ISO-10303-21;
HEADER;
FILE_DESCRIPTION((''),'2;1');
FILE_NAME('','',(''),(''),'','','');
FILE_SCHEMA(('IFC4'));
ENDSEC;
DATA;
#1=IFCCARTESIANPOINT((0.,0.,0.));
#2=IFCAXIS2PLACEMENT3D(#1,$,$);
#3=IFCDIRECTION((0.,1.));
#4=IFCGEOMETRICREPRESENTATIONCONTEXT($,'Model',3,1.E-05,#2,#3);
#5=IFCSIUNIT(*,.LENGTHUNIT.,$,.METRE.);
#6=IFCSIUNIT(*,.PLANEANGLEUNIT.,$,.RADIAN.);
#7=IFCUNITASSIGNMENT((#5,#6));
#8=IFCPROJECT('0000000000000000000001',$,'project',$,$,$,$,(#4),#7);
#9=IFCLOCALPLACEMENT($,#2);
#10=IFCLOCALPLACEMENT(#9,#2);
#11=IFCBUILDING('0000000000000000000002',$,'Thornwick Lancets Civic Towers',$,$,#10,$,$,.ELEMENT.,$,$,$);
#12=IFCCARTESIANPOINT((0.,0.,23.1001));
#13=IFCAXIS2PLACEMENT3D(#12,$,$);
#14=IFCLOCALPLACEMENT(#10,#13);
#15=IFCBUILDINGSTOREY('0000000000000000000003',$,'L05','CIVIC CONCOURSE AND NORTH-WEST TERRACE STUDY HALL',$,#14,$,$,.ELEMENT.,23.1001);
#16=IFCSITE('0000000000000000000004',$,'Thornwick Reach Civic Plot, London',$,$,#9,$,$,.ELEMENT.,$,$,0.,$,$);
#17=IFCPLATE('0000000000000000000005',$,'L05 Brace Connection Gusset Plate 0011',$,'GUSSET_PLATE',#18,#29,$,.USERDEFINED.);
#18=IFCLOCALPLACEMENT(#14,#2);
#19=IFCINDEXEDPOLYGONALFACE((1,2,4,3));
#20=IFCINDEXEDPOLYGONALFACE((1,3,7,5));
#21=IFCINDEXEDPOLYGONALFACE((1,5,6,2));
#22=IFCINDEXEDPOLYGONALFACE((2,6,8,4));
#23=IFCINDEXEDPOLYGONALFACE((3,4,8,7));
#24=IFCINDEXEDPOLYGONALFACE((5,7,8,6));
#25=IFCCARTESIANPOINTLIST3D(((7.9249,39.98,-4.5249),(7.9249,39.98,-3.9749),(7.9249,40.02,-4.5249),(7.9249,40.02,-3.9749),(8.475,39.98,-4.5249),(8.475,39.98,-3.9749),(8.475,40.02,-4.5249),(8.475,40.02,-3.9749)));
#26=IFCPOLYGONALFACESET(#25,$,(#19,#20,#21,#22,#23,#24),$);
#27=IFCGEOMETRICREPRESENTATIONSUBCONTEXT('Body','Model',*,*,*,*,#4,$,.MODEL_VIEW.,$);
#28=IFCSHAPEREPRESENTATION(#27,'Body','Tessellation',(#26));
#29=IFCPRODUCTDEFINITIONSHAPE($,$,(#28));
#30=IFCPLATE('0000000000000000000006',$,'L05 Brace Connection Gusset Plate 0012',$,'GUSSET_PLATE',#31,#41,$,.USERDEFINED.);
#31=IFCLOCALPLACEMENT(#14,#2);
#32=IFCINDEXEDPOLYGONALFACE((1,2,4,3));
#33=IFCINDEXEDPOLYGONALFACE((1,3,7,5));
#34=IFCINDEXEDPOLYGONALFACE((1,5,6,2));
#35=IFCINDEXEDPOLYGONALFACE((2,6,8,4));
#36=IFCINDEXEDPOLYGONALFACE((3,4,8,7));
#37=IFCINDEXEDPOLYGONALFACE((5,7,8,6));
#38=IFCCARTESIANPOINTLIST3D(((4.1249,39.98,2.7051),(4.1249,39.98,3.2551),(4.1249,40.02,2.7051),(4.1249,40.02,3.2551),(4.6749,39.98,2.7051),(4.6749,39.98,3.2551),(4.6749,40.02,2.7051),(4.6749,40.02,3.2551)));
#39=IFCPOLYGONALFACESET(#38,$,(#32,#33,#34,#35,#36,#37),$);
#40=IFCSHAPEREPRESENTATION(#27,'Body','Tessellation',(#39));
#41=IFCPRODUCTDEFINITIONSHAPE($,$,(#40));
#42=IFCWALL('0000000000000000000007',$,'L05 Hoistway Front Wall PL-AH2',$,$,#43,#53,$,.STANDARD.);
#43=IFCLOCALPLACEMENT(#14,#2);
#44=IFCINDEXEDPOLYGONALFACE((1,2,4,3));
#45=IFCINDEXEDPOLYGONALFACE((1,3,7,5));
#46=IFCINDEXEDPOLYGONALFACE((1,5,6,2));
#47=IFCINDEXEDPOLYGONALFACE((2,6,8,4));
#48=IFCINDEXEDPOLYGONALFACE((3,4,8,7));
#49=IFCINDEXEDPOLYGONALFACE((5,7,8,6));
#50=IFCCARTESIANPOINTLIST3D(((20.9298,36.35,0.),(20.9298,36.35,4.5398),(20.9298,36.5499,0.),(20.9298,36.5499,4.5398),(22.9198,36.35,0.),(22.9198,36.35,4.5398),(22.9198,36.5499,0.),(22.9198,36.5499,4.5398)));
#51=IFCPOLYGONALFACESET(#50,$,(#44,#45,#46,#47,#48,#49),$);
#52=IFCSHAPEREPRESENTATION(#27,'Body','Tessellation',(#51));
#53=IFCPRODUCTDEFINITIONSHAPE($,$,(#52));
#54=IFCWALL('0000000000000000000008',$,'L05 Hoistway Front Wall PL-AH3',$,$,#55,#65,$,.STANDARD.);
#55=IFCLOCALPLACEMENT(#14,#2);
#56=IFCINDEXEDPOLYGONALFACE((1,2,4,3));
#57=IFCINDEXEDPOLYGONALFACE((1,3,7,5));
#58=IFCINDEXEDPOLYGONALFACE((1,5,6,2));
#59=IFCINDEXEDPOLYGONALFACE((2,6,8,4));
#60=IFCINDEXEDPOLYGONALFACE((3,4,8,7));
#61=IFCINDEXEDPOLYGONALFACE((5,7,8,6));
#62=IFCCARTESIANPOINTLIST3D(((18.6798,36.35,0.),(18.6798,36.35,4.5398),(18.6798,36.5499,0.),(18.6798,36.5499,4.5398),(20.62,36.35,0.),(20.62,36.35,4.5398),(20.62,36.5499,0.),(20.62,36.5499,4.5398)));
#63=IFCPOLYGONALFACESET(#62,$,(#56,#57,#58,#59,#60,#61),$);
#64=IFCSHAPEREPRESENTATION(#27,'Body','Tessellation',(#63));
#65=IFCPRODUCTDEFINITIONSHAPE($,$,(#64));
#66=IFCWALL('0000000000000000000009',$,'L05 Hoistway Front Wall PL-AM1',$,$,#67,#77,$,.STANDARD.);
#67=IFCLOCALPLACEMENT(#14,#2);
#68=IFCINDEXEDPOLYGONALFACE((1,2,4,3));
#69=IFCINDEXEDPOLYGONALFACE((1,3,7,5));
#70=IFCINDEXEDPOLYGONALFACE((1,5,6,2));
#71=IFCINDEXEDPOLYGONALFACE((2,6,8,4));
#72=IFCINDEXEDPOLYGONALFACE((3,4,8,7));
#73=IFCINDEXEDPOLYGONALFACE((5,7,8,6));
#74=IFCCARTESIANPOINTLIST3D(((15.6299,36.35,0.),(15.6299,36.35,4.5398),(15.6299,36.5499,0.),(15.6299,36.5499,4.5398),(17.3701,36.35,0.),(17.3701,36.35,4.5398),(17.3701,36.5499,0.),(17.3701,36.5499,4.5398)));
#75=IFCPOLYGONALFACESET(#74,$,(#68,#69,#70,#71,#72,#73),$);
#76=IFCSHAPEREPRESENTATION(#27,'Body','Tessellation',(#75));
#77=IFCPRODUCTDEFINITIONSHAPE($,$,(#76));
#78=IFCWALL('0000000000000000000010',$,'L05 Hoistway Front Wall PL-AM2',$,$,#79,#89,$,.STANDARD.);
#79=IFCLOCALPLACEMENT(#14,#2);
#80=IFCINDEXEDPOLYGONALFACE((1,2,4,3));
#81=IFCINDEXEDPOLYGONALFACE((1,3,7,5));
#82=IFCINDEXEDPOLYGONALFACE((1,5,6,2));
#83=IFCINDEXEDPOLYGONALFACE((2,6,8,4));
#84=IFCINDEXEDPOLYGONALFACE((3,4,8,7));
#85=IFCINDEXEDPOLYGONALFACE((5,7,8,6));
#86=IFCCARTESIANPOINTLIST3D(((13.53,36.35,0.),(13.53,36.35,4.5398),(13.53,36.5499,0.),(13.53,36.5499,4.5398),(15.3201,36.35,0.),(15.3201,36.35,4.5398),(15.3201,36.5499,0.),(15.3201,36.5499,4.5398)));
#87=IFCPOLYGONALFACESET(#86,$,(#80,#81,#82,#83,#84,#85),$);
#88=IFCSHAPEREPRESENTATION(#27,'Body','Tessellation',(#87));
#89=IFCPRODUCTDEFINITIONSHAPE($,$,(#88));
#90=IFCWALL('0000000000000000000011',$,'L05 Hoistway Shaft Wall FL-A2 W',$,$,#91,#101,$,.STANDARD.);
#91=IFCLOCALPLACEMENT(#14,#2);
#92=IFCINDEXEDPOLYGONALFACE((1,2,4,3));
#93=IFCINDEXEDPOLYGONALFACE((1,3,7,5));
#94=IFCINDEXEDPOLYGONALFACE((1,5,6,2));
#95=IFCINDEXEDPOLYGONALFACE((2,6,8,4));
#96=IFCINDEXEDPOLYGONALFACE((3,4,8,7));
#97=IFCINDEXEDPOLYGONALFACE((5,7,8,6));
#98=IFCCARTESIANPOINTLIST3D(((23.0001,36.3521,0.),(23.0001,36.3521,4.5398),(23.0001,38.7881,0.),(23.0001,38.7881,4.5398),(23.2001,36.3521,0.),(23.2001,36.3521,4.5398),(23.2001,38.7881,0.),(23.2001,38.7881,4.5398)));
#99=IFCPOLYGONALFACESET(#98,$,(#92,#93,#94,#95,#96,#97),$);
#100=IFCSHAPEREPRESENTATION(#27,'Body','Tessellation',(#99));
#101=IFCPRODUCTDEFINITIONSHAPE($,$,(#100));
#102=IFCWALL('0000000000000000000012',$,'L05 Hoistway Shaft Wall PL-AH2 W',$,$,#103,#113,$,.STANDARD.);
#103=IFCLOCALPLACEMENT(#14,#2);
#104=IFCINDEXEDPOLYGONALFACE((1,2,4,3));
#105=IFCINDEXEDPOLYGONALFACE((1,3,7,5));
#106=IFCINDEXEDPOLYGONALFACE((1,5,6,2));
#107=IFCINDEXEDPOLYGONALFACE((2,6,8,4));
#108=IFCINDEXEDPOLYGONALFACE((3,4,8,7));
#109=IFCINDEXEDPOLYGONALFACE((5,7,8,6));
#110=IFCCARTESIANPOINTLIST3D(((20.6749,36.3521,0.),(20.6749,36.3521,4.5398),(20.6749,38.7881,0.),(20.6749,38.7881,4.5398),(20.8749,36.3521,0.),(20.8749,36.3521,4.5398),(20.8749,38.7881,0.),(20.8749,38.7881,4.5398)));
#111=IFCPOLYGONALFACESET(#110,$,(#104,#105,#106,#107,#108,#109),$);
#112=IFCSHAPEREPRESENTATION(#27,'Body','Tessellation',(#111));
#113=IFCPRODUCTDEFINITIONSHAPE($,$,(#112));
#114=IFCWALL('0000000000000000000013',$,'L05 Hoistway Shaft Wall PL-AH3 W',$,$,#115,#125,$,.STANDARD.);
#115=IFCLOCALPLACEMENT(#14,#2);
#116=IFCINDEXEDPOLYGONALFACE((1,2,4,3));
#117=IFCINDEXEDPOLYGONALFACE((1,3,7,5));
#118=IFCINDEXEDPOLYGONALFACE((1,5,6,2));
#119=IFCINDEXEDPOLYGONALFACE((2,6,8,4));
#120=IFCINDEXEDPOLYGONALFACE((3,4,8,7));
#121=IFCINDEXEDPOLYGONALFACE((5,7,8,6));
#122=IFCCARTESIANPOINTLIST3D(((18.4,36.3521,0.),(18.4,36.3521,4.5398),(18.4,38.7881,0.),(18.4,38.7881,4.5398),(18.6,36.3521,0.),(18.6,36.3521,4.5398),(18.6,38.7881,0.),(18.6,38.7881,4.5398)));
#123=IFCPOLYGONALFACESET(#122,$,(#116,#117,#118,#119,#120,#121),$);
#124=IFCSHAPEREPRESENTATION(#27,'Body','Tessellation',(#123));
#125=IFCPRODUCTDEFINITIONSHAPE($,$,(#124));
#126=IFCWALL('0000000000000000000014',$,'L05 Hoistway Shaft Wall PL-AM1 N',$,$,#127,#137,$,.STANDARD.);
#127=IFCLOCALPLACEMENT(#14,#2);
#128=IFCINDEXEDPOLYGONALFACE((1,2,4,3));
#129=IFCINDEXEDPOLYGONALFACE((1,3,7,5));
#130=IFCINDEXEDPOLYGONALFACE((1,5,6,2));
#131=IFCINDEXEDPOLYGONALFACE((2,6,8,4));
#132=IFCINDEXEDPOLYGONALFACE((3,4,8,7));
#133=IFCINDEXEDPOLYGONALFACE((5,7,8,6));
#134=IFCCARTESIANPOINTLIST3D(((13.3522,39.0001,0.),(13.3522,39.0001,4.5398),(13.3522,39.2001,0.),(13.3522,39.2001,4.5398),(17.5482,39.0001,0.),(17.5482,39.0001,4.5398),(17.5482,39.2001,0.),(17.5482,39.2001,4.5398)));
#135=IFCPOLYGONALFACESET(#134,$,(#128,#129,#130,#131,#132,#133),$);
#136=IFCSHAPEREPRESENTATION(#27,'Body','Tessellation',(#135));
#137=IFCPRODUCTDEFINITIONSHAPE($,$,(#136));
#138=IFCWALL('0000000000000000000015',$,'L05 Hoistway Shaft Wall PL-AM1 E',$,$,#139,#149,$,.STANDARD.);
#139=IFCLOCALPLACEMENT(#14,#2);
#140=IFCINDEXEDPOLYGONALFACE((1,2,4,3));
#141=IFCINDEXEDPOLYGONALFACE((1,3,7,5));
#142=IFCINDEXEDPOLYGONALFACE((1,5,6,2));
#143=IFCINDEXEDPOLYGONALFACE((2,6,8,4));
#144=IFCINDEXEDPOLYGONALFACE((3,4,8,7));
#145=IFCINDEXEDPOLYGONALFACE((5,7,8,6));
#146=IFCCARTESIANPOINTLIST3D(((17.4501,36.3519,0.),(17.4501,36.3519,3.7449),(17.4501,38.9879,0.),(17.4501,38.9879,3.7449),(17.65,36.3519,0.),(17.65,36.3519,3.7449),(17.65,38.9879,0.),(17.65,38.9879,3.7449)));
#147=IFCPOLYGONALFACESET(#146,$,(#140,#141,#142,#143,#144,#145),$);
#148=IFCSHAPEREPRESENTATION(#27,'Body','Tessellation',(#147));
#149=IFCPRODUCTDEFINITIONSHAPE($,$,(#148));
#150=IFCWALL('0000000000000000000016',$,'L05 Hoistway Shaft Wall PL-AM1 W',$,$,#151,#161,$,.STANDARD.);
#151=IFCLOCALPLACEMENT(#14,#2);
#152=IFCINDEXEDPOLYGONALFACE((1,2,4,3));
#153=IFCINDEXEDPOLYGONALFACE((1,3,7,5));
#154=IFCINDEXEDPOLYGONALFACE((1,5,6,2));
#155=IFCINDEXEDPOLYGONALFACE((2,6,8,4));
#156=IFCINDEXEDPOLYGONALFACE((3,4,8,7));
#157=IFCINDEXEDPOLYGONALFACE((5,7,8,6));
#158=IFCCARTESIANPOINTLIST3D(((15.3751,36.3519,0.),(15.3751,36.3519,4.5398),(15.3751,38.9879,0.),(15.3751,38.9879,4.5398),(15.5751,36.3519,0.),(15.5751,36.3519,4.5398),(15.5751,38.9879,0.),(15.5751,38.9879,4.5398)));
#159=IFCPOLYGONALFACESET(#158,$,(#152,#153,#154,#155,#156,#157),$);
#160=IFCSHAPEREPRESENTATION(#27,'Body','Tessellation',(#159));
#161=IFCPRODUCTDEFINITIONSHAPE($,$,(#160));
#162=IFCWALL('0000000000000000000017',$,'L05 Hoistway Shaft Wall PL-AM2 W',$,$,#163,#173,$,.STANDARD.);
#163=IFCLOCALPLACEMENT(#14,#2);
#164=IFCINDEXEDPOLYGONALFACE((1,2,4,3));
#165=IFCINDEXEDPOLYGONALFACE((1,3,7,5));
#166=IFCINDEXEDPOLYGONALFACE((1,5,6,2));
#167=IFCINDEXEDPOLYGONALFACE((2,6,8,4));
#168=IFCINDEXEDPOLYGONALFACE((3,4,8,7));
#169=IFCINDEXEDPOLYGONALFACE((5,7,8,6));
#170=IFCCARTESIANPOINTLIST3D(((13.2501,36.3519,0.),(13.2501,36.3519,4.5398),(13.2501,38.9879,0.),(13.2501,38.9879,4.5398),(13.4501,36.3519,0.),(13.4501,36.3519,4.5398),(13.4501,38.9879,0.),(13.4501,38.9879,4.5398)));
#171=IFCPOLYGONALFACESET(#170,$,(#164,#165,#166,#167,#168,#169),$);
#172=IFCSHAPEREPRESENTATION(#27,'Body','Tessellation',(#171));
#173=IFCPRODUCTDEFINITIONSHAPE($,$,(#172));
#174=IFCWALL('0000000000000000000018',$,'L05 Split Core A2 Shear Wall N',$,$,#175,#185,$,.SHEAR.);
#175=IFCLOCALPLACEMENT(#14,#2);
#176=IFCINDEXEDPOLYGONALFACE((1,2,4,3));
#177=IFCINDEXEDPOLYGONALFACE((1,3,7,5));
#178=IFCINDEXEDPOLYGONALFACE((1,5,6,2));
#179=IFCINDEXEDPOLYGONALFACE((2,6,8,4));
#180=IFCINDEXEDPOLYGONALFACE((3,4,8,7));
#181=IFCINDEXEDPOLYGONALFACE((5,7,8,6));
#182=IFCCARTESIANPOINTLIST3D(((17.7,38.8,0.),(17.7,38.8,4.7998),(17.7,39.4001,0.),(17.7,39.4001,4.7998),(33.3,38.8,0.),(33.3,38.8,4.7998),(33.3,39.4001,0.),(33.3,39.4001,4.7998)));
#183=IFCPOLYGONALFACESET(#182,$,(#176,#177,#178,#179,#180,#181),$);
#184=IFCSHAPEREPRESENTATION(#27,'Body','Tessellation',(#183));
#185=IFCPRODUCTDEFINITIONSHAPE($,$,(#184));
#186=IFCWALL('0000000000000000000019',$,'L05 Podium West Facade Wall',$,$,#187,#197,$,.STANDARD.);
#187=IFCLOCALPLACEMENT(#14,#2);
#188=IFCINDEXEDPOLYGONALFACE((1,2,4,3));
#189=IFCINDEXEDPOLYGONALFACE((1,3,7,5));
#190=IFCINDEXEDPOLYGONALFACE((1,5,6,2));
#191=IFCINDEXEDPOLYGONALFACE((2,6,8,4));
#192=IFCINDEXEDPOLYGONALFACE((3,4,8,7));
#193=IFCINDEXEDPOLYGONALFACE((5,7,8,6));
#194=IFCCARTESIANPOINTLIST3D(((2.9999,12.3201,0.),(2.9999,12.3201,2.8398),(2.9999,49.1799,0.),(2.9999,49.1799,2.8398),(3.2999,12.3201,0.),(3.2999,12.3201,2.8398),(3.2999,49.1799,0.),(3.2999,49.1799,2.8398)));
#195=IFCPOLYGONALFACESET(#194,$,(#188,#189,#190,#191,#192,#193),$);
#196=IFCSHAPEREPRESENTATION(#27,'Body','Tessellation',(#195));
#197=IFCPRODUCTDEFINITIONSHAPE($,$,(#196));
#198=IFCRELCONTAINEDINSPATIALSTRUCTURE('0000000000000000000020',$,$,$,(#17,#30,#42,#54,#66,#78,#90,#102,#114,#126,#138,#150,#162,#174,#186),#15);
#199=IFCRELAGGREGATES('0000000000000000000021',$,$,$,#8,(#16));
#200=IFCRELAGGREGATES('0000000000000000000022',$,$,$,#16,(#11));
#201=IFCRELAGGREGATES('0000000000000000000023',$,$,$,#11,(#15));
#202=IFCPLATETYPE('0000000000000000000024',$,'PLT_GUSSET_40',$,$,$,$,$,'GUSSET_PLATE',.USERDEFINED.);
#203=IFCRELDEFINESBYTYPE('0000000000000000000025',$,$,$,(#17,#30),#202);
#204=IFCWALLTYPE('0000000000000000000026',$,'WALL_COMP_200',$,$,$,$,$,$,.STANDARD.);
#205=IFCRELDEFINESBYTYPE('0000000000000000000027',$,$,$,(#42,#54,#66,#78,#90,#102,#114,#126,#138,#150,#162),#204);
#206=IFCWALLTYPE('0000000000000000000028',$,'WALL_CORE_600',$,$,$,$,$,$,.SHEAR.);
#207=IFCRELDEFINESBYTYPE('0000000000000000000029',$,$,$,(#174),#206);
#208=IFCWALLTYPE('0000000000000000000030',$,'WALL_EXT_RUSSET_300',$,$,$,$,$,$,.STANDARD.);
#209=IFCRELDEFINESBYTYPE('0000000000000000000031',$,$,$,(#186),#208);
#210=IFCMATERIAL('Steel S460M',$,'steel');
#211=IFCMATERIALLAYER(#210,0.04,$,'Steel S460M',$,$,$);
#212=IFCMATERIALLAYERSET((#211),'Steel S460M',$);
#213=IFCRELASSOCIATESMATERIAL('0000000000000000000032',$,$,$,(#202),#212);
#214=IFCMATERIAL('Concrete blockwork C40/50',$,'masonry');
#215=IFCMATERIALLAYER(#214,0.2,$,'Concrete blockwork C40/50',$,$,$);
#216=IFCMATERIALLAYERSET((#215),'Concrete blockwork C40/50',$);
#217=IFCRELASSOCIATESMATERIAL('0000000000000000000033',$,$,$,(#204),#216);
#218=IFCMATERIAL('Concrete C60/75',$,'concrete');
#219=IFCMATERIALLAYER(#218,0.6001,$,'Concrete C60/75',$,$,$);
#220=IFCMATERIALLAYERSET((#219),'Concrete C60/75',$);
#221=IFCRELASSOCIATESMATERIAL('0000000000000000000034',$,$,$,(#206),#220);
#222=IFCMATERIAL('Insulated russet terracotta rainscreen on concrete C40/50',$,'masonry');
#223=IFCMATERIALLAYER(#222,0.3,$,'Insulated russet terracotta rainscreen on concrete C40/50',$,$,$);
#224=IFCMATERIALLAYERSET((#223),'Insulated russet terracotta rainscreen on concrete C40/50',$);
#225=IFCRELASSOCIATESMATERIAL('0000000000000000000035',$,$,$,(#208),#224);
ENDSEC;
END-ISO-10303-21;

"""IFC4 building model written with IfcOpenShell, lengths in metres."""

from ifc_helpers import new_model, si_unit, direction, frame, frame_2d, origin, origin_2d, place, context, subcontext, project, spatial, rectangle, extrude, material, layer, layer_set, type_object, element, save


model = new_model("IFC4")

# Units and contexts
model_context = context("Model", 3, precision=1e-05, world=origin(), true_north=direction((0.0, 1.0)))
body_context = subcontext(model_context, "Body", "Model", "MODEL_VIEW")
ifc_project = project(units=[si_unit("LENGTHUNIT", "METRE"), si_unit("PLANEANGLEUNIT", "RADIAN")], contexts=[model_context])

# Site, building, storey
site_placement = place(None, origin())
site = spatial("IfcSite", under=ifc_project, at=site_placement, Name="Thornwick Reach Civic Plot, London", CompositionType="ELEMENT", RefElevation=0.0)
building_placement = place(site_placement, origin())
building = spatial("IfcBuilding", under=site, at=building_placement, Name="Thornwick Lancets Civic Towers", CompositionType="ELEMENT")
storey_placement = place(building_placement, frame((0.0, 0.0, 23.1001)))
storey = spatial("IfcBuildingStorey", under=building, at=storey_placement, Name="L05", Description="CIVIC CONCOURSE AND NORTH-WEST TERRACE STUDY HALL", CompositionType="ELEMENT", Elevation=23.1001)

# Shared definitions
ifc_material_1 = material(Name="Concrete C60/75", Category="concrete")

# Shared definitions
ifc_material_2 = material(Name="Steel S460M", Category="steel")

# Plates
ifc_layer_1 = layer(ifc_material_2, 0.04, Name="Steel S460M")
ifc_layer_set_1 = layer_set([ifc_layer_1], Name="Steel S460M")
plate_type = type_object("IfcPlateType", Name="PLT_GUSSET_40", ElementType="GUSSET_PLATE", PredefinedType="USERDEFINED", material=ifc_layer_set_1)
for number, where, z_axis, x_axis, name in (
    (1, (8.2, 40.0, -4.5249), (0.0, 0.0, 1.0), (-1.0, 0.0, 0.0), "L05 Brace Connection Gusset Plate 0011"),
    (2, (4.3999, 40.0, 2.7051), (0.0, 0.0, 1.0), (-1.0, 0.0, 0.0), "L05 Brace Connection Gusset Plate 0012"),
):
    element("IfcPlate", number, at=place(storey_placement, frame(where, z_axis=z_axis, x_axis=x_axis)), inside=storey, type_object=plate_type, Name=name, ObjectType="GUSSET_PLATE", PredefinedType="USERDEFINED", context=body_context, shape_type="SweptSolid", body=[
        extrude(rectangle(XDim=0.55, YDim=0.04, at=origin_2d()), origin(), (0.0, 0.0, 1.0), 0.55),
    ])

# Walls
ifc_material_3 = material(Name="Concrete blockwork C40/50", Category="masonry")
ifc_layer_2 = layer(ifc_material_3, 0.2, Name="Concrete blockwork C40/50")
ifc_layer_set_2 = layer_set([ifc_layer_2], Name="Concrete blockwork C40/50")
wall_type_1 = type_object("IfcWallType", Name="WALL_COMP_200", PredefinedType="STANDARD", material=ifc_layer_set_2)
wall_1_placement = place(storey_placement, frame((22.9199, 36.45, 0.0), z_axis=(0.0, 0.0, 1.0), x_axis=(-1.0, 0.0, 0.0)))
element("IfcWall", 3, at=wall_1_placement, inside=storey, type_object=wall_type_1, Name="L05 Hoistway Front Wall PL-AH2", PredefinedType="STANDARD", context=body_context, shape_type="SweptSolid", body=[
    extrude(rectangle(XDim=1.99, YDim=0.2, at=frame_2d((0.9951, 0.0))), origin(), (0.0, 0.0, 1.0), 4.5398),
])
wall_2_placement = place(storey_placement, frame((20.6201, 36.45, 0.0), z_axis=(0.0, 0.0, 1.0), x_axis=(-1.0, 0.0, 0.0)))
element("IfcWall", 4, at=wall_2_placement, inside=storey, type_object=wall_type_1, Name="L05 Hoistway Front Wall PL-AH3", PredefinedType="STANDARD", context=body_context, shape_type="SweptSolid", body=[
    extrude(rectangle(XDim=1.9402, YDim=0.2, at=frame_2d((0.9702, 0.0))), origin(), (0.0, 0.0, 1.0), 4.5398),
])
wall_3_placement = place(storey_placement, frame((17.3701, 36.45, 0.0), z_axis=(0.0, 0.0, 1.0), x_axis=(-1.0, 0.0, 0.0)))
element("IfcWall", 5, at=wall_3_placement, inside=storey, type_object=wall_type_1, Name="L05 Hoistway Front Wall PL-AM1", PredefinedType="STANDARD", context=body_context, shape_type="SweptSolid", body=[
    extrude(rectangle(XDim=1.7402, YDim=0.2, at=frame_2d((0.8701, 0.0))), origin(), (0.0, 0.0, 1.0), 4.5398),
])
wall_4_placement = place(storey_placement, frame((15.3201, 36.45, 0.0), z_axis=(0.0, 0.0, 1.0), x_axis=(-1.0, 0.0, 0.0)))
element("IfcWall", 6, at=wall_4_placement, inside=storey, type_object=wall_type_1, Name="L05 Hoistway Front Wall PL-AM2", PredefinedType="STANDARD", context=body_context, shape_type="SweptSolid", body=[
    extrude(rectangle(XDim=1.79, YDim=0.2, at=frame_2d((0.895, 0.0))), origin(), (0.0, 0.0, 1.0), 4.5398),
])
for number, where, z_axis, x_axis, name in (
    (7, (23.1001, 36.3521, 0.0), (0.0, 0.0, 1.0), (0.0, 1.0, 0.0), "L05 Hoistway Shaft Wall FL-A2 W"),
    (8, (20.7749, 36.3521, 0.0), (0.0, 0.0, 1.0), (0.0, 1.0, 0.0), "L05 Hoistway Shaft Wall PL-AH2 W"),
    (9, (18.5, 36.3521, 0.0), (0.0, 0.0, 1.0), (0.0, 1.0, 0.0), "L05 Hoistway Shaft Wall PL-AH3 W"),
):
    element("IfcWall", number, at=place(storey_placement, frame(where, z_axis=z_axis, x_axis=x_axis)), inside=storey, type_object=wall_type_1, Name=name, PredefinedType="STANDARD", context=body_context, shape_type="SweptSolid", body=[
        extrude(rectangle(XDim=2.436, YDim=0.2, at=frame_2d((1.218, 0.0))), origin(), (0.0, 0.0, 1.0), 4.5398),
    ])
wall_5_placement = place(storey_placement, frame((13.3521, 39.1001, 0.0), z_axis=(0.0, 0.0, 1.0), x_axis=(1.0, 0.0, 0.0)))
element("IfcWall", 10, at=wall_5_placement, inside=storey, type_object=wall_type_1, Name="L05 Hoistway Shaft Wall PL-AM1 N", PredefinedType="STANDARD", context=body_context, shape_type="SweptSolid", body=[
    extrude(rectangle(XDim=4.196, YDim=0.2, at=frame_2d((2.0981, 0.0))), origin(), (0.0, 0.0, 1.0), 4.5398),
])
wall_6_placement = place(storey_placement, frame((17.55, 36.3521, 0.0), z_axis=(0.0, 0.0, 1.0), x_axis=(0.0, 1.0, 0.0)))
element("IfcWall", 11, at=wall_6_placement, inside=storey, type_object=wall_type_1, Name="L05 Hoistway Shaft Wall PL-AM1 E", PredefinedType="STANDARD", context=body_context, shape_type="SweptSolid", body=[
    extrude(rectangle(XDim=2.636, YDim=0.2, at=frame_2d((1.3179, 0.0))), origin(), (0.0, 0.0, 1.0), 3.7449),
])
for number, where, z_axis, x_axis, name in (
    (12, (15.4751, 36.3521, 0.0), (0.0, 0.0, 1.0), (0.0, 1.0, 0.0), "L05 Hoistway Shaft Wall PL-AM1 W"),
    (13, (13.3501, 36.3521, 0.0), (0.0, 0.0, 1.0), (0.0, 1.0, 0.0), "L05 Hoistway Shaft Wall PL-AM2 W"),
):
    element("IfcWall", number, at=place(storey_placement, frame(where, z_axis=z_axis, x_axis=x_axis)), inside=storey, type_object=wall_type_1, Name=name, PredefinedType="STANDARD", context=body_context, shape_type="SweptSolid", body=[
        extrude(rectangle(XDim=2.636, YDim=0.2, at=frame_2d((1.3179, 0.0))), origin(), (0.0, 0.0, 1.0), 4.5398),
    ])
ifc_layer_3 = layer(ifc_material_1, 0.6001, Name="Concrete C60/75")
ifc_layer_set_3 = layer_set([ifc_layer_3], Name="Concrete C60/75")
wall_type_2 = type_object("IfcWallType", Name="WALL_CORE_600", PredefinedType="SHEAR", material=ifc_layer_set_3)
wall_7_placement = place(storey_placement, frame((17.7, 39.1001, 0.0), z_axis=(0.0, 0.0, 1.0), x_axis=(1.0, 0.0, 0.0)))
element("IfcWall", 14, at=wall_7_placement, inside=storey, type_object=wall_type_2, Name="L05 Split Core A2 Shear Wall N", PredefinedType="SHEAR", context=body_context, shape_type="SweptSolid", body=[
    extrude(rectangle(XDim=15.6001, YDim=0.6001, at=frame_2d((7.8, 0.0))), origin(), (0.0, 0.0, 1.0), 4.7998),
])
ifc_material_4 = material(Name="Insulated russet terracotta rainscreen on concrete C40/50", Category="masonry")
ifc_layer_4 = layer(ifc_material_4, 0.3, Name="Insulated russet terracotta rainscreen on concrete C40/50")
ifc_layer_set_4 = layer_set([ifc_layer_4], Name="Insulated russet terracotta rainscreen on concrete C40/50")
wall_type_3 = type_object("IfcWallType", Name="WALL_EXT_RUSSET_300", PredefinedType="STANDARD", material=ifc_layer_set_4)
wall_8_placement = place(storey_placement, frame((3.1499, 49.1799, 0.0), z_axis=(0.0, 0.0, 1.0), x_axis=(0.0, -1.0, 0.0)))
element("IfcWall", 15, at=wall_8_placement, inside=storey, type_object=wall_type_3, Name="L05 Podium West Facade Wall", PredefinedType="STANDARD", context=body_context, shape_type="SweptSolid", body=[
    extrude(rectangle(XDim=36.8599, YDim=0.3, at=frame_2d((18.4299, 0.0))), origin(), (0.0, 0.0, 1.0), 2.8398),
])

save(model, "model.ifc")
